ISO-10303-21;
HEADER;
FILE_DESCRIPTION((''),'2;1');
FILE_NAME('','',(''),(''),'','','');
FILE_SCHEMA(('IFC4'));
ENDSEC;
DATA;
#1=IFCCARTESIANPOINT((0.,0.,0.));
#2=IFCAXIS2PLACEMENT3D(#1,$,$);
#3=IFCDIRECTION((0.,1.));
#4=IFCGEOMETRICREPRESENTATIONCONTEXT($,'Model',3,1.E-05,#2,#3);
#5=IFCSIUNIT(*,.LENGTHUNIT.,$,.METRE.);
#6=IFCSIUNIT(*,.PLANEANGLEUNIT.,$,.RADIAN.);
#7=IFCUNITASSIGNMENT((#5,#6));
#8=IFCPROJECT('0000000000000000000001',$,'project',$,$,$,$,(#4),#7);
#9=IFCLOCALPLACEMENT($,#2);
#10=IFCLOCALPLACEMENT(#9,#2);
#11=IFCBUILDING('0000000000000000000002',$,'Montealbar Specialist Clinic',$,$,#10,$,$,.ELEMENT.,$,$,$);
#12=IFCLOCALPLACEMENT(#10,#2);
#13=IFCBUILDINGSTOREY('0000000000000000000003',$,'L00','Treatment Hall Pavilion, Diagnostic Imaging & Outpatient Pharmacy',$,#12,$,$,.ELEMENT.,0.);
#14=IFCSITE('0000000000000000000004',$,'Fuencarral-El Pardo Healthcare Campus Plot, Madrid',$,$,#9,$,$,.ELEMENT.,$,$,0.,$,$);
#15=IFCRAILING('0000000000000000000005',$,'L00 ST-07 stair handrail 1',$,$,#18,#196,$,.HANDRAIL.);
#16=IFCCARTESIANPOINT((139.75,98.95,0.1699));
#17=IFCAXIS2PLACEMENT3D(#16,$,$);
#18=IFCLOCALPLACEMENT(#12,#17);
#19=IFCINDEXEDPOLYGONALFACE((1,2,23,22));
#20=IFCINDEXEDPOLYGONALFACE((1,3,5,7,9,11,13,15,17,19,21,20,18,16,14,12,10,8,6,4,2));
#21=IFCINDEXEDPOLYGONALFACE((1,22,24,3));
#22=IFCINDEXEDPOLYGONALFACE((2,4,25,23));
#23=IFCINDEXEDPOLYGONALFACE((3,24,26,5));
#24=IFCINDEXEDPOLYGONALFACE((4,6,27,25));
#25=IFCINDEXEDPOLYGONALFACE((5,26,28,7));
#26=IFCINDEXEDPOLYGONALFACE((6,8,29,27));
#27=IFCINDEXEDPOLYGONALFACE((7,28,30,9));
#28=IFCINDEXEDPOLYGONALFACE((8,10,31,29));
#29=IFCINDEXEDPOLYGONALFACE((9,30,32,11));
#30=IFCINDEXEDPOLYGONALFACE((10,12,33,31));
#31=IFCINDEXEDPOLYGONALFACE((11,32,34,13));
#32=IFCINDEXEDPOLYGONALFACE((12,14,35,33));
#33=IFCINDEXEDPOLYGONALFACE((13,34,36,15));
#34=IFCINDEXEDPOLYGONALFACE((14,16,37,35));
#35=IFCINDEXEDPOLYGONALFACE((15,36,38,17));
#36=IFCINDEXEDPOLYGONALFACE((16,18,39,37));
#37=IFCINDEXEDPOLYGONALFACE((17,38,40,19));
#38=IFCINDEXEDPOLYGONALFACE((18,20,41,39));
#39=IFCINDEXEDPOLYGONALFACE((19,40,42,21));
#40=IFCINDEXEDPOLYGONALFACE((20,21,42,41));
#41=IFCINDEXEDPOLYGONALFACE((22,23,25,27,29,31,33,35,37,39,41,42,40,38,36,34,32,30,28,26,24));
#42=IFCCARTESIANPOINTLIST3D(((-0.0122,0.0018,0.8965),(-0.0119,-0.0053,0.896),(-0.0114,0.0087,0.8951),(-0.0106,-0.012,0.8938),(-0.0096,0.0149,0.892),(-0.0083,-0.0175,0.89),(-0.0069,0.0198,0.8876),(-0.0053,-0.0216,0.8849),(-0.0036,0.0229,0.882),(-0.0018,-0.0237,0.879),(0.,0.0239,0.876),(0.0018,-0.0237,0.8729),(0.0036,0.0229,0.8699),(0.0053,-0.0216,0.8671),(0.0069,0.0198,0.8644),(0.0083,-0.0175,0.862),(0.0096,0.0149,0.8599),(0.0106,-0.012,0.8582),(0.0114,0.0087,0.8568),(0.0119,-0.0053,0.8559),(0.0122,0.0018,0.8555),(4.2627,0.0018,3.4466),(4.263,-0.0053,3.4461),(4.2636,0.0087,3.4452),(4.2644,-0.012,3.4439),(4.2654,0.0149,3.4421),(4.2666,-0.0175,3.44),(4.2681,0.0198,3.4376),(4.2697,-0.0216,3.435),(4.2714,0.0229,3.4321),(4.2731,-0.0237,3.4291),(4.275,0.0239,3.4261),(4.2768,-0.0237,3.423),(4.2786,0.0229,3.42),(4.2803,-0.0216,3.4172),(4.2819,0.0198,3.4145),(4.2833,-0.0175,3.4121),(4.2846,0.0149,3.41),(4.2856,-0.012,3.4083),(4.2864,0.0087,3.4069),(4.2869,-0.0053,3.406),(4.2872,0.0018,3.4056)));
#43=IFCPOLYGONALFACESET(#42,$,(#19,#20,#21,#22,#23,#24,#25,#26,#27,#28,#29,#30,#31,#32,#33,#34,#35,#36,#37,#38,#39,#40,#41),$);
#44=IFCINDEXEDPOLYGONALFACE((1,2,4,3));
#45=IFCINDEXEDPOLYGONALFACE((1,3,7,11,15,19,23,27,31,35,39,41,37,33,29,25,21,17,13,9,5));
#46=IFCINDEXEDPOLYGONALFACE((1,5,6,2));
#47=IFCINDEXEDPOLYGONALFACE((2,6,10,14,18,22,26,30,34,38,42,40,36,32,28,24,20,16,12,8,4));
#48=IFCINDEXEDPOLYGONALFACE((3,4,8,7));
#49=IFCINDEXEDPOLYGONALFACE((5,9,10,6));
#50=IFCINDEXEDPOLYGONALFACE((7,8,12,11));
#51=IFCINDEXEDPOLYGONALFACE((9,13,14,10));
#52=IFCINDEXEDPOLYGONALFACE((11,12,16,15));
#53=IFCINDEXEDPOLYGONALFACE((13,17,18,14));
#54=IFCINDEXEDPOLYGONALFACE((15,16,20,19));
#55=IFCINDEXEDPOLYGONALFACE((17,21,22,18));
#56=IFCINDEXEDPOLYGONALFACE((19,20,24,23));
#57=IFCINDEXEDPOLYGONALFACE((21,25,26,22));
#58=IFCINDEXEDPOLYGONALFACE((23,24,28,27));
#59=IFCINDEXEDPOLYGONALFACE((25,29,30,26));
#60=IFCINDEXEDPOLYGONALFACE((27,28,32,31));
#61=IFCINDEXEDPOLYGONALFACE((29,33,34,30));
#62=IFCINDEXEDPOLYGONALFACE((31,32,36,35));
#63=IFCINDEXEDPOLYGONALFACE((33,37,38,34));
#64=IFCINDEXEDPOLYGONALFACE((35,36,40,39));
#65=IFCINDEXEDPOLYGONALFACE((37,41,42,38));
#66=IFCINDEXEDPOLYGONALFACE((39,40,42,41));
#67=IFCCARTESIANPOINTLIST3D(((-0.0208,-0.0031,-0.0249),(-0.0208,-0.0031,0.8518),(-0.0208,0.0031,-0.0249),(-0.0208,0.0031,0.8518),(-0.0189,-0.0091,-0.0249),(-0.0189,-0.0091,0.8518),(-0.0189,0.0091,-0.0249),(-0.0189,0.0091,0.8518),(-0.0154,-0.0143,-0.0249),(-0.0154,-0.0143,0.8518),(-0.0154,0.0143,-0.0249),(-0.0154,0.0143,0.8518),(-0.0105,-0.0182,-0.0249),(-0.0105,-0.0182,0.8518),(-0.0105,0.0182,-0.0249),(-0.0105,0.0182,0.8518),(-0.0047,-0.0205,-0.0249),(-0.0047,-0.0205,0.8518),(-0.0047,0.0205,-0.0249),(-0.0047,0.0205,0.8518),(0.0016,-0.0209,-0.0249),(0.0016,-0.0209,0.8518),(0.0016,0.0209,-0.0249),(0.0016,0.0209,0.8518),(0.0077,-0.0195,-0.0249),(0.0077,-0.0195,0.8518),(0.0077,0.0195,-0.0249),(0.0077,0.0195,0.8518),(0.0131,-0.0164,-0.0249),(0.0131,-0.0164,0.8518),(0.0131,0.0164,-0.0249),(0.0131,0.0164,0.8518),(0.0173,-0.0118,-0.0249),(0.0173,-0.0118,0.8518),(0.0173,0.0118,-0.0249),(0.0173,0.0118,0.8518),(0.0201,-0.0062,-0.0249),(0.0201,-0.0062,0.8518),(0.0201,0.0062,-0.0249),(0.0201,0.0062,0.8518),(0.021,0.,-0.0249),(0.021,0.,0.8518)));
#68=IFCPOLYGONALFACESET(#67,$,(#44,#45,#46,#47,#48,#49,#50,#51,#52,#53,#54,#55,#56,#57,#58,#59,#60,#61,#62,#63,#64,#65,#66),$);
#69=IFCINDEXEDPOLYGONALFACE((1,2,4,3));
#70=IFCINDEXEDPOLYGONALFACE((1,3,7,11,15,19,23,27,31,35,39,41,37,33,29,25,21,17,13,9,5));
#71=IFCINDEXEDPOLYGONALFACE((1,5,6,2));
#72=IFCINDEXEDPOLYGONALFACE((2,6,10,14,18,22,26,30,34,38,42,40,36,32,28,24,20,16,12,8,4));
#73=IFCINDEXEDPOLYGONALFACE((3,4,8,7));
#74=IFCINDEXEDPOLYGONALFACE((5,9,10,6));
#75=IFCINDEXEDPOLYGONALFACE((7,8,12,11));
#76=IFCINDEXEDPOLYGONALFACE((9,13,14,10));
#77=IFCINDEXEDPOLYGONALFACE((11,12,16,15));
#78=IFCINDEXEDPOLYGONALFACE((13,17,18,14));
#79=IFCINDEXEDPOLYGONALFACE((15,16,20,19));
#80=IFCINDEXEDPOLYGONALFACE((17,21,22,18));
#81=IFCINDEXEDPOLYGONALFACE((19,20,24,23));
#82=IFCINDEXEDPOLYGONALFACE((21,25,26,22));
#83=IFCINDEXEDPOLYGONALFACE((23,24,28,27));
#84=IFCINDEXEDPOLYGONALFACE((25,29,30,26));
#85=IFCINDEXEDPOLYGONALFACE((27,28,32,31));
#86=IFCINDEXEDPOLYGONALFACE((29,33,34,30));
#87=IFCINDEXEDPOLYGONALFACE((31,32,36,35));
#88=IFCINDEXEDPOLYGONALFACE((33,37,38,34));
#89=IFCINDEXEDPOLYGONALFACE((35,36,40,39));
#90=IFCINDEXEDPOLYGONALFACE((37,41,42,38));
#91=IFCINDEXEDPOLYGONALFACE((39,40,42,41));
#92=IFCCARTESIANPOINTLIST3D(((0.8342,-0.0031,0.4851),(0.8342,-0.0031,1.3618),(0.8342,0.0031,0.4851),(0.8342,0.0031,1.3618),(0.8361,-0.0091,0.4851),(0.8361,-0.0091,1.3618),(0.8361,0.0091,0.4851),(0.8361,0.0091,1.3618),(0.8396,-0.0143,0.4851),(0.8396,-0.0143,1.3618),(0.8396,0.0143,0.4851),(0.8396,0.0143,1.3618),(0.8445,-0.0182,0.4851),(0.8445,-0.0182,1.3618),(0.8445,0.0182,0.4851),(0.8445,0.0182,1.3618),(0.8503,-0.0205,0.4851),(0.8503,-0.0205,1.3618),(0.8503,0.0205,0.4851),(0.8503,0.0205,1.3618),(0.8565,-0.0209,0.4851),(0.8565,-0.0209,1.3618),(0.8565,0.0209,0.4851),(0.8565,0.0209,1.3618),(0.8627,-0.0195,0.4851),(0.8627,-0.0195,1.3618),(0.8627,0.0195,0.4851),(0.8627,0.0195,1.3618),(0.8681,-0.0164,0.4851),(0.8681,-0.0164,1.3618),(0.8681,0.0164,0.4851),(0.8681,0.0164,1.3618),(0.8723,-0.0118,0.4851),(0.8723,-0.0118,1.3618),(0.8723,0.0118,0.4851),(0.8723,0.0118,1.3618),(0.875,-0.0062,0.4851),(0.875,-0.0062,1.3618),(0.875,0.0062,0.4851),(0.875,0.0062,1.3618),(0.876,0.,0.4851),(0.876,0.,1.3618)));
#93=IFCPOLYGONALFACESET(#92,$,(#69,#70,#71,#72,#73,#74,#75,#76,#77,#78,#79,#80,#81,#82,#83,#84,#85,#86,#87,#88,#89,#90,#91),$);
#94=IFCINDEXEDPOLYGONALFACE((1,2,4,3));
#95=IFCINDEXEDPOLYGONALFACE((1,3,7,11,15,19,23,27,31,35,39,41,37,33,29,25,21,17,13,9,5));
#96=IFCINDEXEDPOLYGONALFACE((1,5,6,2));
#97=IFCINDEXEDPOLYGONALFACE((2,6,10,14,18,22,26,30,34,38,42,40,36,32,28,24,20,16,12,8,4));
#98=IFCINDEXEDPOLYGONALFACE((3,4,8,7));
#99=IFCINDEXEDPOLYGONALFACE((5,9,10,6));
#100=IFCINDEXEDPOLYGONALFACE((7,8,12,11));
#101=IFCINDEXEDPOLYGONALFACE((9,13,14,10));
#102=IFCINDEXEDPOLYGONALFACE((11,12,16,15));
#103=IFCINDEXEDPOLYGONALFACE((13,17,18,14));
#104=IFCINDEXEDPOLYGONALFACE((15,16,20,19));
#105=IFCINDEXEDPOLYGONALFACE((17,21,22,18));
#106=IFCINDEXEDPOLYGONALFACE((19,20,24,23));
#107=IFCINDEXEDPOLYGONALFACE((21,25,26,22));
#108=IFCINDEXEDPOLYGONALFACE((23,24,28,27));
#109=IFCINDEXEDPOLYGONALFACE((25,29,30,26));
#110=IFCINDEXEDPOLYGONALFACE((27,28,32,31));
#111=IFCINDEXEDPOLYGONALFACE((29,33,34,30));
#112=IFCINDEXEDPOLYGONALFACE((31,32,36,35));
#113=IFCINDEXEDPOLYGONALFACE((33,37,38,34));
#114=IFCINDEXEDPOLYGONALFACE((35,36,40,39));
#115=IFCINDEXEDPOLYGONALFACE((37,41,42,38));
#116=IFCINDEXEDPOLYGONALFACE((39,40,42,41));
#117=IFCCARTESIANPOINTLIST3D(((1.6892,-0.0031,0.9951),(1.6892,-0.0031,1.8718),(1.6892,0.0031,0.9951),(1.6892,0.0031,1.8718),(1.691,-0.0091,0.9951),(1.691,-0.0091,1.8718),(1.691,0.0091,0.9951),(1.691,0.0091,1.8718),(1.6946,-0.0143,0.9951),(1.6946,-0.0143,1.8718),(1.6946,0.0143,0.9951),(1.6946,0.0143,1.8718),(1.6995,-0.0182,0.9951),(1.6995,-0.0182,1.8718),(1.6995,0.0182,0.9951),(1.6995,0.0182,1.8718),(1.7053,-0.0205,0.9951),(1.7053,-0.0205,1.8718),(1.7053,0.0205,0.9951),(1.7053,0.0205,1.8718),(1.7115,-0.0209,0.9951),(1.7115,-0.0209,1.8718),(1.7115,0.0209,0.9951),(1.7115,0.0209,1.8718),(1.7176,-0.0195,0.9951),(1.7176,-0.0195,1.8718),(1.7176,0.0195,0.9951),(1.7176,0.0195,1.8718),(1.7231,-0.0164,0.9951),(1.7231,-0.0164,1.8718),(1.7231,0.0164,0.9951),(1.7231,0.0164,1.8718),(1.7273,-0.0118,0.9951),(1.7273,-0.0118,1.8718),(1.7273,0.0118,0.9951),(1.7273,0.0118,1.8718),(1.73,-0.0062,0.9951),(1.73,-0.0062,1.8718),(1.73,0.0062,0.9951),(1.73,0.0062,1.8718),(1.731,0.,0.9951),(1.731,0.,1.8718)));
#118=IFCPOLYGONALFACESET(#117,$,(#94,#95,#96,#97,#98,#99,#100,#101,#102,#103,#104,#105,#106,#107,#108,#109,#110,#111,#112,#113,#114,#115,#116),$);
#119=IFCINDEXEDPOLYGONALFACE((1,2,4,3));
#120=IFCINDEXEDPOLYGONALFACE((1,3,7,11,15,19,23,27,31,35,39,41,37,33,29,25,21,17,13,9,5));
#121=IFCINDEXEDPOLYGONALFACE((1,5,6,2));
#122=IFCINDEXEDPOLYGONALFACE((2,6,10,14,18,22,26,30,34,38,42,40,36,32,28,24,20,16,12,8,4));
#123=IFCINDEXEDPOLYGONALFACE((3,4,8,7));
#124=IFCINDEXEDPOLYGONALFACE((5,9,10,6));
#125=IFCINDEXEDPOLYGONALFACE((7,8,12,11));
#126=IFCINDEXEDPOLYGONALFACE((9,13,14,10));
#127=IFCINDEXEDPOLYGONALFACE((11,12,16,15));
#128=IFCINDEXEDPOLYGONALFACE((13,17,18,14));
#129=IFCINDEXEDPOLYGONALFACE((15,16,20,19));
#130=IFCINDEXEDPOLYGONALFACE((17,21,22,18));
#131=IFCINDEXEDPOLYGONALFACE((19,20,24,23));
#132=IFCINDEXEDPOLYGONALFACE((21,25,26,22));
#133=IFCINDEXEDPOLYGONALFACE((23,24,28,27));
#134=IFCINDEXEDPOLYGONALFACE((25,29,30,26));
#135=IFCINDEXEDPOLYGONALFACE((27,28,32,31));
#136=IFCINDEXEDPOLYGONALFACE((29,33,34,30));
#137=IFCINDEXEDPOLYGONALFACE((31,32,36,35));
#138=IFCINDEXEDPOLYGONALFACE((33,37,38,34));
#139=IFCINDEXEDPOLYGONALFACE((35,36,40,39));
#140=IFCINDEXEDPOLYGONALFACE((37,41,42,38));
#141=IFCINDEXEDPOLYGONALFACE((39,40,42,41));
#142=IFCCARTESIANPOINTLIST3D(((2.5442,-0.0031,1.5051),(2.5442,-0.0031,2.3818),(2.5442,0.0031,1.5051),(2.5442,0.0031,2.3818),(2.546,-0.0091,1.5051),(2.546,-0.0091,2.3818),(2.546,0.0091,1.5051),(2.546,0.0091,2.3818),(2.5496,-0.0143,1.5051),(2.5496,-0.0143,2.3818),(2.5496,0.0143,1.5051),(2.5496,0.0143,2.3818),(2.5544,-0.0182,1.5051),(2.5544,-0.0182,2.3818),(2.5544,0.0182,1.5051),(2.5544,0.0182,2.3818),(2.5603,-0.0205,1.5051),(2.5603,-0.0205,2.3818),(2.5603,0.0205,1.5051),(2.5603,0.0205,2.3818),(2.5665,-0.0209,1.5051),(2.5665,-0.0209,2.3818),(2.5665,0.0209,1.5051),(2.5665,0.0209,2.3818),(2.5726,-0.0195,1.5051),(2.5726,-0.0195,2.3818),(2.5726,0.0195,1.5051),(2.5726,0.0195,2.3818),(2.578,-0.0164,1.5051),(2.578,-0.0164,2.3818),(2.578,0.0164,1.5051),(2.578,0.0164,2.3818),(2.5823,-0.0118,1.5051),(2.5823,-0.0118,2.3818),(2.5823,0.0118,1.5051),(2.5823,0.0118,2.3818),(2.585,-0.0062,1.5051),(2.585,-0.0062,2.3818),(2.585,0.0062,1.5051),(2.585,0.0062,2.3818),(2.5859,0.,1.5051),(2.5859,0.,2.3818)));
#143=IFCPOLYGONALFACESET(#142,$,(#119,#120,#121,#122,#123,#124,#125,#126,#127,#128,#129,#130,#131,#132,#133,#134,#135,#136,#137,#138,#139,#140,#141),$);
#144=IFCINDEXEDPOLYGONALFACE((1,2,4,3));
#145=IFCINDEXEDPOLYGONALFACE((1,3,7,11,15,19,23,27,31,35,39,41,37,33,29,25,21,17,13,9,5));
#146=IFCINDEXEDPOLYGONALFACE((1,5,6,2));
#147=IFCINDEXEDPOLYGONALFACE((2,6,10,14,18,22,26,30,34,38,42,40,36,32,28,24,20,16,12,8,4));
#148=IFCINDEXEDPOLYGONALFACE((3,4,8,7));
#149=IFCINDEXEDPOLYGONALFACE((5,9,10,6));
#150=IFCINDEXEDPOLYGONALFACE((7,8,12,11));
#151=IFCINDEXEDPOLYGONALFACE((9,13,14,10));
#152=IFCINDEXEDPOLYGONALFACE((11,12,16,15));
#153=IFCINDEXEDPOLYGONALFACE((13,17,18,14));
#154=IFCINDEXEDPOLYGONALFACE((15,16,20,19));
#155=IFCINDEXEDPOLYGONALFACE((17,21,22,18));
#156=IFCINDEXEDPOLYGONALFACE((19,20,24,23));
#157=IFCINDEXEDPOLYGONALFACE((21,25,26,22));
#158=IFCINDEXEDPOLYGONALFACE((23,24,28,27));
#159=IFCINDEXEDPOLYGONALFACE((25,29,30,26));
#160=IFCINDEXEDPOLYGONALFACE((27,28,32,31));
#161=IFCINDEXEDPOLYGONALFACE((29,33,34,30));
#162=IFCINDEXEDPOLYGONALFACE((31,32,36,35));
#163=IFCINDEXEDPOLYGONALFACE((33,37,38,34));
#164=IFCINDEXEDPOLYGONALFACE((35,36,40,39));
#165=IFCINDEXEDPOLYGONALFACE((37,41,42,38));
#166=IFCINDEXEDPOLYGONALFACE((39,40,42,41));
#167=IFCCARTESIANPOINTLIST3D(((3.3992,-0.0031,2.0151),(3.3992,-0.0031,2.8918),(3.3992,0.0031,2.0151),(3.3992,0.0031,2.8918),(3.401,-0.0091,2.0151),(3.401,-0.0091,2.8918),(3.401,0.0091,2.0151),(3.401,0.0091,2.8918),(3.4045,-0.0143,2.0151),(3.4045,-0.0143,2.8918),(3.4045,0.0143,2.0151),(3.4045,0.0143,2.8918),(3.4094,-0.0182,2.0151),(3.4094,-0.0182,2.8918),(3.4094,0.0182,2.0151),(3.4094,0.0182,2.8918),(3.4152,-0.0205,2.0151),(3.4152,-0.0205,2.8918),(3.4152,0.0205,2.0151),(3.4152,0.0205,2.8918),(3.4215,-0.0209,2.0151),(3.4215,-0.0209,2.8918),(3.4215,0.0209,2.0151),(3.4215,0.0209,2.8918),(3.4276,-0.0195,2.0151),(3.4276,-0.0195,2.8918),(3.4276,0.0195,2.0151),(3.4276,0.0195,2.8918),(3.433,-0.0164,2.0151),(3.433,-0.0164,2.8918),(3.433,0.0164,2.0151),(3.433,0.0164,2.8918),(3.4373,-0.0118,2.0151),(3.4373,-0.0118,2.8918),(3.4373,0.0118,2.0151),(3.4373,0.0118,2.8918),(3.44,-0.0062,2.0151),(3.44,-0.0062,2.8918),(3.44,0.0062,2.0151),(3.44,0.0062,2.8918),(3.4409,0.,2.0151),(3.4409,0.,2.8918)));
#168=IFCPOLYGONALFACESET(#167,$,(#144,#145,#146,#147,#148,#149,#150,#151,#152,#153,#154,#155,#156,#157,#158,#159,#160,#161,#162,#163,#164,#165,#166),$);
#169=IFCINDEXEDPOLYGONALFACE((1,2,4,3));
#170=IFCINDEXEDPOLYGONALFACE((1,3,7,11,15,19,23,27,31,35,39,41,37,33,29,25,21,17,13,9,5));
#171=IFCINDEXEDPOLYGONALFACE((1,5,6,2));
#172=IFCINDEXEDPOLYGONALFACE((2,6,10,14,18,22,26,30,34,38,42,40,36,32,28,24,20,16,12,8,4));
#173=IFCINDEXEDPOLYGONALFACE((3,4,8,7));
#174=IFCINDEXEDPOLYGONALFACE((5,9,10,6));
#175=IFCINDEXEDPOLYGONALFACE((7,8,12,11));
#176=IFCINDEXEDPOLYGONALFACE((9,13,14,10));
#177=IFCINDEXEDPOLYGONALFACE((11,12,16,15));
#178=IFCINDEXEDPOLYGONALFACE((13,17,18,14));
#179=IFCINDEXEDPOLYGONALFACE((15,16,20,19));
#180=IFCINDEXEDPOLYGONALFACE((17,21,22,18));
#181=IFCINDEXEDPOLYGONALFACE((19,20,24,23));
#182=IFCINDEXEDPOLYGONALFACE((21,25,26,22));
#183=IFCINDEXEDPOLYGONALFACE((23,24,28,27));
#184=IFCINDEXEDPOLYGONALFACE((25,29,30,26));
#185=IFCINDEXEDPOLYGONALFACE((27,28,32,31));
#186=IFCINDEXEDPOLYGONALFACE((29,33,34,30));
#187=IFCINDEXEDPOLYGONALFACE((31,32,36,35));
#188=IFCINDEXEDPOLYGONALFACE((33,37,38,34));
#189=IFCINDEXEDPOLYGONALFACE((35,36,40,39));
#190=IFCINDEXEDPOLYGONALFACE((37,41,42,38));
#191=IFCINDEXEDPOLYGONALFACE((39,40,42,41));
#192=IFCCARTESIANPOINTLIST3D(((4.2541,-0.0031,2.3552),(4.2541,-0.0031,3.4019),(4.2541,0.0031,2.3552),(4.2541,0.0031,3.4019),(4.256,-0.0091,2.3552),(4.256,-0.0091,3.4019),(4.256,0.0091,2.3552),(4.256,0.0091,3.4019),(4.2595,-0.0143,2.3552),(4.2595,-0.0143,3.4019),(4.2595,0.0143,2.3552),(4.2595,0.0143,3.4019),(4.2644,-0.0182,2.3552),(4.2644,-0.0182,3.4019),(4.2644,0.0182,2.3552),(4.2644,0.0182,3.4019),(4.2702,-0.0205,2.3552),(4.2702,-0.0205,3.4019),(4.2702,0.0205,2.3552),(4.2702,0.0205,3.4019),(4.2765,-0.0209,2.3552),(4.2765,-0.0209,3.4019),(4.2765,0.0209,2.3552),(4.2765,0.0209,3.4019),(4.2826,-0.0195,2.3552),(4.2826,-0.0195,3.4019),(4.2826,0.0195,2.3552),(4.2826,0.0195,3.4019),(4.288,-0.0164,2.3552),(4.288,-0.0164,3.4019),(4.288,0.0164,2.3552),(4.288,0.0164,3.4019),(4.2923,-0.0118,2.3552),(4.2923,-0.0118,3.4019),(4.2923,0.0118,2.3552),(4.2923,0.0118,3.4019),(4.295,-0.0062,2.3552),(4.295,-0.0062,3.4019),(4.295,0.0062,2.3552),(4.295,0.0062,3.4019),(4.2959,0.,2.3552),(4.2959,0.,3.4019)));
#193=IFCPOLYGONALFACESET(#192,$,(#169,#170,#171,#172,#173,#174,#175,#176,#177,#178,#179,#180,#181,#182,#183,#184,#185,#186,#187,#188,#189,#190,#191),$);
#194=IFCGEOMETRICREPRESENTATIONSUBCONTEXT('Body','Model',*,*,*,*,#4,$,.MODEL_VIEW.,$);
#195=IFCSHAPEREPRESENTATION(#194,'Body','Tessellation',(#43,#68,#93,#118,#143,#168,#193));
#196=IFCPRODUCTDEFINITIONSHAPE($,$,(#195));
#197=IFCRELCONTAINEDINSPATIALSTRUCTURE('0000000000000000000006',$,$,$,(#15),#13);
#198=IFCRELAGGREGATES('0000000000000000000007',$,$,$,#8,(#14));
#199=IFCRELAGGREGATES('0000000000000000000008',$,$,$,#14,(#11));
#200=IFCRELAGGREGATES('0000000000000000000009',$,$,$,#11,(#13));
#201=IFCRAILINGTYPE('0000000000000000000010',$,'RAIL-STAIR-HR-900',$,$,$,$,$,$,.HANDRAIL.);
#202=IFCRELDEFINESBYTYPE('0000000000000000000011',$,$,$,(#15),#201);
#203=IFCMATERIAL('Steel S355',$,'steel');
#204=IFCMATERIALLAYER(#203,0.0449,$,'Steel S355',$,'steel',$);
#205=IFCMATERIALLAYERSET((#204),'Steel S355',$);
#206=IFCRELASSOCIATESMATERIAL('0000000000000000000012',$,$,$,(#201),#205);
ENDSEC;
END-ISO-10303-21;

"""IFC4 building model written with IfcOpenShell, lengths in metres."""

from ifc_helpers import new_model, si_unit, direction, frame, origin, origin_2d, place, context, subcontext, project, spatial, circle, extrude, material, layer, layer_set, type_object, element, save


model = new_model("IFC4")

# Units and contexts
model_context = context("Model", 3, precision=1e-05, world=origin(), true_north=direction((0.0, 1.0)))
body_context = subcontext(model_context, "Body", "Model", "MODEL_VIEW")
ifc_project = project(units=[si_unit("LENGTHUNIT", "METRE"), si_unit("PLANEANGLEUNIT", "RADIAN")], contexts=[model_context])

# Site, building, storey
site_placement = place(None, origin())
site = spatial("IfcSite", under=ifc_project, at=site_placement, Name="Fuencarral-El Pardo Healthcare Campus Plot, Madrid", CompositionType="ELEMENT", RefElevation=0.0)
building_placement = place(site_placement, origin())
building = spatial("IfcBuilding", under=site, at=building_placement, Name="Montealbar Specialist Clinic", CompositionType="ELEMENT")
storey_placement = place(building_placement, origin())
storey = spatial("IfcBuildingStorey", under=building, at=storey_placement, Name="L00", Description="Treatment Hall Pavilion, Diagnostic Imaging & Outpatient Pharmacy", CompositionType="ELEMENT", Elevation=0.0)

# Shared definitions
ifc_material_1 = material(Name="Steel S355", Category="steel")

# Railing
ifc_layer_1 = layer(ifc_material_1, 0.0449, Name="Steel S355", Category="steel")
ifc_layer_set_1 = layer_set([ifc_layer_1], Name="Steel S355")
railing_type_1 = type_object("IfcRailingType", Name="RAIL-STAIR-HR-900", PredefinedType="HANDRAIL", material=ifc_layer_set_1)
railing_1_placement = place(storey_placement, frame((139.75, 98.95, 0.1699)))
element("IfcRailing", 1, at=railing_1_placement, inside=storey, type_object=railing_type_1, Name="L00 ST-07 stair handrail 1", PredefinedType="HANDRAIL", context=body_context, shape_type="SweptSolid", body=[
    extrude(circle(Radius=0.0239, at=origin_2d()), frame((0.0, 0.0, 0.876), z_axis=(0.85881, 0.0, 0.512294), x_axis=(0.0, 1.0, 0.0)), (0.0, 0.0, 1.0), 4.9778),
    extrude(circle(Radius=0.021, at=origin_2d()), frame((0.0, 0.0, -0.0249)), (0.0, 0.0, 1.0), 0.8767),
    extrude(circle(Radius=0.021, at=origin_2d()), frame((0.855, 0.0, 0.4851)), (0.0, 0.0, 1.0), 0.8767),
    extrude(circle(Radius=0.021, at=origin_2d()), frame((1.71, 0.0, 0.9951)), (0.0, 0.0, 1.0), 0.8767),
    extrude(circle(Radius=0.021, at=origin_2d()), frame((2.5649, 0.0, 1.5051)), (0.0, 0.0, 1.0), 0.8767),
    extrude(circle(Radius=0.021, at=origin_2d()), frame((3.4199, 0.0, 2.0151)), (0.0, 0.0, 1.0), 0.8767),
    extrude(circle(Radius=0.021, at=origin_2d()), frame((4.2749, 0.0, 2.3552)), (0.0, 0.0, 1.0), 1.0466),
])

save(model, "model.ifc")
